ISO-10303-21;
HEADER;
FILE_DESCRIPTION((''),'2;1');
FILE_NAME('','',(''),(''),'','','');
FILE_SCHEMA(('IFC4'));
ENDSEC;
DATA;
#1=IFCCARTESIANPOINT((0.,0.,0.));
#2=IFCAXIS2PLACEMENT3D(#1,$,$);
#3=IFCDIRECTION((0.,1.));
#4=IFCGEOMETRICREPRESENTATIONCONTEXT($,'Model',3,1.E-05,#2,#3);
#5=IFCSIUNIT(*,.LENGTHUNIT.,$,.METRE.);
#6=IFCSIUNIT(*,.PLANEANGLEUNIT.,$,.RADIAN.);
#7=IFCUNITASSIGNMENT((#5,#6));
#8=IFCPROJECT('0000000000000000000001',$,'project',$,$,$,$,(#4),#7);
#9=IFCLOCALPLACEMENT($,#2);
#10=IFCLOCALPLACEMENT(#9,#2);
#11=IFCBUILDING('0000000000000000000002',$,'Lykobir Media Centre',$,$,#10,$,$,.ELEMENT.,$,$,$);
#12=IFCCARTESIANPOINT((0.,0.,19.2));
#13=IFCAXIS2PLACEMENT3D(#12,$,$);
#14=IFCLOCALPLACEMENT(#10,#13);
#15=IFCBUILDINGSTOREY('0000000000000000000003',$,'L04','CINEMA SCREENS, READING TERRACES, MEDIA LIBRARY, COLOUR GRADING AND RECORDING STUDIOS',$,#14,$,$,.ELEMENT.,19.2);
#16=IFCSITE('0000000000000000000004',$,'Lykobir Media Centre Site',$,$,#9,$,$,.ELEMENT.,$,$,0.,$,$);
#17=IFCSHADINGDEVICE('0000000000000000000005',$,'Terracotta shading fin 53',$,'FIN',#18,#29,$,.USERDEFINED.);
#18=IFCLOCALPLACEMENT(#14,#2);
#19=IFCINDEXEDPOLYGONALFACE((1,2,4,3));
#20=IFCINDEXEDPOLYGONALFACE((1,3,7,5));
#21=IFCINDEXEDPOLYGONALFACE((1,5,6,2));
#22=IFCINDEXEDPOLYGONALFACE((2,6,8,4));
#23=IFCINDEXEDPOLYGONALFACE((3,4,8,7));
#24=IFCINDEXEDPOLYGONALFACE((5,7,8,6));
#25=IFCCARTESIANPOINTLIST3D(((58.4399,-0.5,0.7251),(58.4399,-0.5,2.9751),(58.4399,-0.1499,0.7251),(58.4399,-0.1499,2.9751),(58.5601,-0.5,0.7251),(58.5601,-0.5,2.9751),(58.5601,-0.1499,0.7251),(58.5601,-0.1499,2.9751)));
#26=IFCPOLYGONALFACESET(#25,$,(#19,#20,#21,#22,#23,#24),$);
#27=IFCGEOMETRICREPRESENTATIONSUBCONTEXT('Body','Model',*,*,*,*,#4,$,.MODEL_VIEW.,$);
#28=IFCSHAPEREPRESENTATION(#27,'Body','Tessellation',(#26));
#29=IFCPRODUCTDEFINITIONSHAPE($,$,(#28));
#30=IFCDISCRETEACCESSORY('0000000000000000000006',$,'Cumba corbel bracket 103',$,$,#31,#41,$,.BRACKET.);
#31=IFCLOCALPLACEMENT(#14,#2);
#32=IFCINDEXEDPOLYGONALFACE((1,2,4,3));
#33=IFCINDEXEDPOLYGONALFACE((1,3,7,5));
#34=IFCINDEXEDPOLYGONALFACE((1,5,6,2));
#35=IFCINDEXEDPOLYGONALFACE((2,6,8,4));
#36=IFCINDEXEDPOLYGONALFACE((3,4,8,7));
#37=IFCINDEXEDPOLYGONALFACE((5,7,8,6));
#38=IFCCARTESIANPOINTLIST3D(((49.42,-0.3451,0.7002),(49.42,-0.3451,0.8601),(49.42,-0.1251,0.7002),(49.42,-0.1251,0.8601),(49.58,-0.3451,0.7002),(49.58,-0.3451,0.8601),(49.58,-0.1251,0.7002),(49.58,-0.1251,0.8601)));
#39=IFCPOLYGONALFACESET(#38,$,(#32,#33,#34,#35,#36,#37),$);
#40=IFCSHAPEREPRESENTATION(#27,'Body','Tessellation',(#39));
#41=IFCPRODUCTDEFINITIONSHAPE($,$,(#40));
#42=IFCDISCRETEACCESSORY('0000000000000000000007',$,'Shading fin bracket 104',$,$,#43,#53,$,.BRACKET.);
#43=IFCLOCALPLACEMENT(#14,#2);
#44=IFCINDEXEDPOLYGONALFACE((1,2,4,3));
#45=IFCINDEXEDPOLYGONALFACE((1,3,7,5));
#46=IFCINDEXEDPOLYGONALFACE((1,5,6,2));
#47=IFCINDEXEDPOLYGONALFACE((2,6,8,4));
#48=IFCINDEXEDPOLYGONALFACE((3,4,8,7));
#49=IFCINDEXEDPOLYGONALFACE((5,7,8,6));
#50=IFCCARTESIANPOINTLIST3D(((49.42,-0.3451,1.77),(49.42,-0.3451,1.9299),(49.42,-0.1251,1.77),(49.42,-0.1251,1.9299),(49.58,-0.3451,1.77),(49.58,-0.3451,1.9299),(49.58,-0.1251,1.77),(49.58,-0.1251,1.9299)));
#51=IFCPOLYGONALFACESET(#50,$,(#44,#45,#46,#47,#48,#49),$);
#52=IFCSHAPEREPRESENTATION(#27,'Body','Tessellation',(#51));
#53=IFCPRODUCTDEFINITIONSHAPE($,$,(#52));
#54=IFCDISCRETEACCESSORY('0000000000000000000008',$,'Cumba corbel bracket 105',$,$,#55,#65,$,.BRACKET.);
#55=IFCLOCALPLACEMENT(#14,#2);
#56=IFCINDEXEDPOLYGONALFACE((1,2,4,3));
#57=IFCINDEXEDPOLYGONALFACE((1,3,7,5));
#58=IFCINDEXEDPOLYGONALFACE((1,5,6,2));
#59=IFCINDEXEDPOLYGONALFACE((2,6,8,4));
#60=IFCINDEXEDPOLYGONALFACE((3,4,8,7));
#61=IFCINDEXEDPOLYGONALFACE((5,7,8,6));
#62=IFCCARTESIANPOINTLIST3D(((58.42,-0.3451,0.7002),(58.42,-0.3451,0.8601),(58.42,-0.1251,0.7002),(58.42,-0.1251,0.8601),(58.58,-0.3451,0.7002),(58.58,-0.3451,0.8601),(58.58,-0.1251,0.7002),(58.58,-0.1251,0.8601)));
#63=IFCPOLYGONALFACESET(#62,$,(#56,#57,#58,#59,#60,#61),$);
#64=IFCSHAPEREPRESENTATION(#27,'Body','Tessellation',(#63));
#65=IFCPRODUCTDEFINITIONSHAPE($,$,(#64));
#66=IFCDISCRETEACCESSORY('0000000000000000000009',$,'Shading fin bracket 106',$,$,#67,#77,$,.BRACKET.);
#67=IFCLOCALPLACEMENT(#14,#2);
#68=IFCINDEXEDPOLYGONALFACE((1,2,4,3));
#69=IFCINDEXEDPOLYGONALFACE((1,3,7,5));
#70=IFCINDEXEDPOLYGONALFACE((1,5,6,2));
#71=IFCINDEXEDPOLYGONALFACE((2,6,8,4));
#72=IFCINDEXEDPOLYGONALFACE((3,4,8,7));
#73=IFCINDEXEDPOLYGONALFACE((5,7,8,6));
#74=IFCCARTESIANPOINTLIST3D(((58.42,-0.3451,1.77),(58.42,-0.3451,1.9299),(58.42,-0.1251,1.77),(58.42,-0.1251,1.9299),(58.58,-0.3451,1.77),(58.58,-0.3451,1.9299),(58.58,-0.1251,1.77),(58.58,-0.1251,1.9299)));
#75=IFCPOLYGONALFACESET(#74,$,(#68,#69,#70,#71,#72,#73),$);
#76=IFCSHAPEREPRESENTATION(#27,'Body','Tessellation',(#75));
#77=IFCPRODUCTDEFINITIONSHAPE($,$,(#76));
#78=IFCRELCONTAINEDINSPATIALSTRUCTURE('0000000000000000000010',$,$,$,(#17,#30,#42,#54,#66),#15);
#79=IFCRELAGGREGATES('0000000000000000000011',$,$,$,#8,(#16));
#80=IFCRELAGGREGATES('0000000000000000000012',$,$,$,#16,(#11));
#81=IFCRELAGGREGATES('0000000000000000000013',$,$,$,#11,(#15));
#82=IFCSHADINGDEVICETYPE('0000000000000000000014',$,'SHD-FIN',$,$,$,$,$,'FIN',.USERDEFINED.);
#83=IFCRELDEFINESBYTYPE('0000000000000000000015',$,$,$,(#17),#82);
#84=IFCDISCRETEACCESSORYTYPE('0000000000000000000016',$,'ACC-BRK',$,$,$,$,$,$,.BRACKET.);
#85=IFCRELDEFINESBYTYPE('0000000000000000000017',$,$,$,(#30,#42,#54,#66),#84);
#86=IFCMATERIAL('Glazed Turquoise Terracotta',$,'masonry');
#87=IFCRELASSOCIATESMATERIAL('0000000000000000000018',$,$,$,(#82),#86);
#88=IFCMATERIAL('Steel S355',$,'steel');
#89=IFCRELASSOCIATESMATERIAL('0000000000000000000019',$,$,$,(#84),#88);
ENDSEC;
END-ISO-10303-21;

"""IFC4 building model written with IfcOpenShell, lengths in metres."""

from ifc_helpers import new_model, si_unit, direction, frame, origin, origin_2d, place, context, subcontext, project, spatial, rectangle, extrude, material, type_object, element, save


model = new_model("IFC4")

# Units and contexts
model_context = context("Model", 3, precision=1e-05, world=origin(), true_north=direction((0.0, 1.0)))
body_context = subcontext(model_context, "Body", "Model", "MODEL_VIEW")
ifc_project = project(units=[si_unit("LENGTHUNIT", "METRE"), si_unit("PLANEANGLEUNIT", "RADIAN")], contexts=[model_context])

# Site, building, storey
site_placement = place(None, origin())
site = spatial("IfcSite", under=ifc_project, at=site_placement, Name="Lykobir Media Centre Site", CompositionType="ELEMENT", RefElevation=0.0)
building_placement = place(site_placement, origin())
building = spatial("IfcBuilding", under=site, at=building_placement, Name="Lykobir Media Centre", CompositionType="ELEMENT")
storey_placement = place(building_placement, frame((0.0, 0.0, 19.2)))
storey = spatial("IfcBuildingStorey", under=building, at=storey_placement, Name="L04", Description="CINEMA SCREENS, READING TERRACES, MEDIA LIBRARY, COLOUR GRADING AND RECORDING STUDIOS", CompositionType="ELEMENT", Elevation=19.2)

# Shared definitions
ifc_material_1 = material(Name="Steel S355", Category="steel")

# Shared definitions
ifc_material_2 = material(Name="Glazed Turquoise Terracotta", Category="masonry")

# Shading device
shading_device_type = type_object("IfcShadingDeviceType", Name="SHD-FIN", ElementType="FIN", PredefinedType="USERDEFINED", material=ifc_material_2)
for number, where, z_axis, x_axis, name in (
    (1, (58.5, -0.325, 0.7251), (0.0, 0.0, 1.0), (1.0, 0.0, 0.0), "Terracotta shading fin 53"),
):
    element("IfcShadingDevice", number, at=place(storey_placement, frame(where, z_axis=z_axis, x_axis=x_axis)), inside=storey, type_object=shading_device_type, Name=name, ObjectType="FIN", PredefinedType="USERDEFINED", context=body_context, shape_type="SweptSolid", body=[
        extrude(rectangle(XDim=0.1201, YDim=0.3501, at=origin_2d()), origin(), (0.0, 0.0, 1.0), 2.25),
    ])

# Discrete accessories
discrete_accessory_type = type_object("IfcDiscreteAccessoryType", Name="ACC-BRK", PredefinedType="BRACKET", material=ifc_material_1)
for number, where, z_axis, x_axis, name in (
    (2, (49.5, -0.2351, 0.7002), (0.0, 0.0, 1.0), (1.0, 0.0, 0.0), "Cumba corbel bracket 103"),
    (3, (49.5, -0.2351, 1.77), (0.0, 0.0, 1.0), (1.0, 0.0, 0.0), "Shading fin bracket 104"),
    (4, (58.5, -0.2351, 0.7002), (0.0, 0.0, 1.0), (1.0, 0.0, 0.0), "Cumba corbel bracket 105"),
    (5, (58.5, -0.2351, 1.77), (0.0, 0.0, 1.0), (1.0, 0.0, 0.0), "Shading fin bracket 106"),
):
    element("IfcDiscreteAccessory", number, at=place(storey_placement, frame(where, z_axis=z_axis, x_axis=x_axis)), inside=storey, type_object=discrete_accessory_type, Name=name, PredefinedType="BRACKET", context=body_context, shape_type="SweptSolid", body=[
        extrude(rectangle(XDim=0.1599, YDim=0.22, at=origin_2d()), origin(), (0.0, 0.0, 1.0), 0.1599),
    ])

save(model, "model.ifc")
